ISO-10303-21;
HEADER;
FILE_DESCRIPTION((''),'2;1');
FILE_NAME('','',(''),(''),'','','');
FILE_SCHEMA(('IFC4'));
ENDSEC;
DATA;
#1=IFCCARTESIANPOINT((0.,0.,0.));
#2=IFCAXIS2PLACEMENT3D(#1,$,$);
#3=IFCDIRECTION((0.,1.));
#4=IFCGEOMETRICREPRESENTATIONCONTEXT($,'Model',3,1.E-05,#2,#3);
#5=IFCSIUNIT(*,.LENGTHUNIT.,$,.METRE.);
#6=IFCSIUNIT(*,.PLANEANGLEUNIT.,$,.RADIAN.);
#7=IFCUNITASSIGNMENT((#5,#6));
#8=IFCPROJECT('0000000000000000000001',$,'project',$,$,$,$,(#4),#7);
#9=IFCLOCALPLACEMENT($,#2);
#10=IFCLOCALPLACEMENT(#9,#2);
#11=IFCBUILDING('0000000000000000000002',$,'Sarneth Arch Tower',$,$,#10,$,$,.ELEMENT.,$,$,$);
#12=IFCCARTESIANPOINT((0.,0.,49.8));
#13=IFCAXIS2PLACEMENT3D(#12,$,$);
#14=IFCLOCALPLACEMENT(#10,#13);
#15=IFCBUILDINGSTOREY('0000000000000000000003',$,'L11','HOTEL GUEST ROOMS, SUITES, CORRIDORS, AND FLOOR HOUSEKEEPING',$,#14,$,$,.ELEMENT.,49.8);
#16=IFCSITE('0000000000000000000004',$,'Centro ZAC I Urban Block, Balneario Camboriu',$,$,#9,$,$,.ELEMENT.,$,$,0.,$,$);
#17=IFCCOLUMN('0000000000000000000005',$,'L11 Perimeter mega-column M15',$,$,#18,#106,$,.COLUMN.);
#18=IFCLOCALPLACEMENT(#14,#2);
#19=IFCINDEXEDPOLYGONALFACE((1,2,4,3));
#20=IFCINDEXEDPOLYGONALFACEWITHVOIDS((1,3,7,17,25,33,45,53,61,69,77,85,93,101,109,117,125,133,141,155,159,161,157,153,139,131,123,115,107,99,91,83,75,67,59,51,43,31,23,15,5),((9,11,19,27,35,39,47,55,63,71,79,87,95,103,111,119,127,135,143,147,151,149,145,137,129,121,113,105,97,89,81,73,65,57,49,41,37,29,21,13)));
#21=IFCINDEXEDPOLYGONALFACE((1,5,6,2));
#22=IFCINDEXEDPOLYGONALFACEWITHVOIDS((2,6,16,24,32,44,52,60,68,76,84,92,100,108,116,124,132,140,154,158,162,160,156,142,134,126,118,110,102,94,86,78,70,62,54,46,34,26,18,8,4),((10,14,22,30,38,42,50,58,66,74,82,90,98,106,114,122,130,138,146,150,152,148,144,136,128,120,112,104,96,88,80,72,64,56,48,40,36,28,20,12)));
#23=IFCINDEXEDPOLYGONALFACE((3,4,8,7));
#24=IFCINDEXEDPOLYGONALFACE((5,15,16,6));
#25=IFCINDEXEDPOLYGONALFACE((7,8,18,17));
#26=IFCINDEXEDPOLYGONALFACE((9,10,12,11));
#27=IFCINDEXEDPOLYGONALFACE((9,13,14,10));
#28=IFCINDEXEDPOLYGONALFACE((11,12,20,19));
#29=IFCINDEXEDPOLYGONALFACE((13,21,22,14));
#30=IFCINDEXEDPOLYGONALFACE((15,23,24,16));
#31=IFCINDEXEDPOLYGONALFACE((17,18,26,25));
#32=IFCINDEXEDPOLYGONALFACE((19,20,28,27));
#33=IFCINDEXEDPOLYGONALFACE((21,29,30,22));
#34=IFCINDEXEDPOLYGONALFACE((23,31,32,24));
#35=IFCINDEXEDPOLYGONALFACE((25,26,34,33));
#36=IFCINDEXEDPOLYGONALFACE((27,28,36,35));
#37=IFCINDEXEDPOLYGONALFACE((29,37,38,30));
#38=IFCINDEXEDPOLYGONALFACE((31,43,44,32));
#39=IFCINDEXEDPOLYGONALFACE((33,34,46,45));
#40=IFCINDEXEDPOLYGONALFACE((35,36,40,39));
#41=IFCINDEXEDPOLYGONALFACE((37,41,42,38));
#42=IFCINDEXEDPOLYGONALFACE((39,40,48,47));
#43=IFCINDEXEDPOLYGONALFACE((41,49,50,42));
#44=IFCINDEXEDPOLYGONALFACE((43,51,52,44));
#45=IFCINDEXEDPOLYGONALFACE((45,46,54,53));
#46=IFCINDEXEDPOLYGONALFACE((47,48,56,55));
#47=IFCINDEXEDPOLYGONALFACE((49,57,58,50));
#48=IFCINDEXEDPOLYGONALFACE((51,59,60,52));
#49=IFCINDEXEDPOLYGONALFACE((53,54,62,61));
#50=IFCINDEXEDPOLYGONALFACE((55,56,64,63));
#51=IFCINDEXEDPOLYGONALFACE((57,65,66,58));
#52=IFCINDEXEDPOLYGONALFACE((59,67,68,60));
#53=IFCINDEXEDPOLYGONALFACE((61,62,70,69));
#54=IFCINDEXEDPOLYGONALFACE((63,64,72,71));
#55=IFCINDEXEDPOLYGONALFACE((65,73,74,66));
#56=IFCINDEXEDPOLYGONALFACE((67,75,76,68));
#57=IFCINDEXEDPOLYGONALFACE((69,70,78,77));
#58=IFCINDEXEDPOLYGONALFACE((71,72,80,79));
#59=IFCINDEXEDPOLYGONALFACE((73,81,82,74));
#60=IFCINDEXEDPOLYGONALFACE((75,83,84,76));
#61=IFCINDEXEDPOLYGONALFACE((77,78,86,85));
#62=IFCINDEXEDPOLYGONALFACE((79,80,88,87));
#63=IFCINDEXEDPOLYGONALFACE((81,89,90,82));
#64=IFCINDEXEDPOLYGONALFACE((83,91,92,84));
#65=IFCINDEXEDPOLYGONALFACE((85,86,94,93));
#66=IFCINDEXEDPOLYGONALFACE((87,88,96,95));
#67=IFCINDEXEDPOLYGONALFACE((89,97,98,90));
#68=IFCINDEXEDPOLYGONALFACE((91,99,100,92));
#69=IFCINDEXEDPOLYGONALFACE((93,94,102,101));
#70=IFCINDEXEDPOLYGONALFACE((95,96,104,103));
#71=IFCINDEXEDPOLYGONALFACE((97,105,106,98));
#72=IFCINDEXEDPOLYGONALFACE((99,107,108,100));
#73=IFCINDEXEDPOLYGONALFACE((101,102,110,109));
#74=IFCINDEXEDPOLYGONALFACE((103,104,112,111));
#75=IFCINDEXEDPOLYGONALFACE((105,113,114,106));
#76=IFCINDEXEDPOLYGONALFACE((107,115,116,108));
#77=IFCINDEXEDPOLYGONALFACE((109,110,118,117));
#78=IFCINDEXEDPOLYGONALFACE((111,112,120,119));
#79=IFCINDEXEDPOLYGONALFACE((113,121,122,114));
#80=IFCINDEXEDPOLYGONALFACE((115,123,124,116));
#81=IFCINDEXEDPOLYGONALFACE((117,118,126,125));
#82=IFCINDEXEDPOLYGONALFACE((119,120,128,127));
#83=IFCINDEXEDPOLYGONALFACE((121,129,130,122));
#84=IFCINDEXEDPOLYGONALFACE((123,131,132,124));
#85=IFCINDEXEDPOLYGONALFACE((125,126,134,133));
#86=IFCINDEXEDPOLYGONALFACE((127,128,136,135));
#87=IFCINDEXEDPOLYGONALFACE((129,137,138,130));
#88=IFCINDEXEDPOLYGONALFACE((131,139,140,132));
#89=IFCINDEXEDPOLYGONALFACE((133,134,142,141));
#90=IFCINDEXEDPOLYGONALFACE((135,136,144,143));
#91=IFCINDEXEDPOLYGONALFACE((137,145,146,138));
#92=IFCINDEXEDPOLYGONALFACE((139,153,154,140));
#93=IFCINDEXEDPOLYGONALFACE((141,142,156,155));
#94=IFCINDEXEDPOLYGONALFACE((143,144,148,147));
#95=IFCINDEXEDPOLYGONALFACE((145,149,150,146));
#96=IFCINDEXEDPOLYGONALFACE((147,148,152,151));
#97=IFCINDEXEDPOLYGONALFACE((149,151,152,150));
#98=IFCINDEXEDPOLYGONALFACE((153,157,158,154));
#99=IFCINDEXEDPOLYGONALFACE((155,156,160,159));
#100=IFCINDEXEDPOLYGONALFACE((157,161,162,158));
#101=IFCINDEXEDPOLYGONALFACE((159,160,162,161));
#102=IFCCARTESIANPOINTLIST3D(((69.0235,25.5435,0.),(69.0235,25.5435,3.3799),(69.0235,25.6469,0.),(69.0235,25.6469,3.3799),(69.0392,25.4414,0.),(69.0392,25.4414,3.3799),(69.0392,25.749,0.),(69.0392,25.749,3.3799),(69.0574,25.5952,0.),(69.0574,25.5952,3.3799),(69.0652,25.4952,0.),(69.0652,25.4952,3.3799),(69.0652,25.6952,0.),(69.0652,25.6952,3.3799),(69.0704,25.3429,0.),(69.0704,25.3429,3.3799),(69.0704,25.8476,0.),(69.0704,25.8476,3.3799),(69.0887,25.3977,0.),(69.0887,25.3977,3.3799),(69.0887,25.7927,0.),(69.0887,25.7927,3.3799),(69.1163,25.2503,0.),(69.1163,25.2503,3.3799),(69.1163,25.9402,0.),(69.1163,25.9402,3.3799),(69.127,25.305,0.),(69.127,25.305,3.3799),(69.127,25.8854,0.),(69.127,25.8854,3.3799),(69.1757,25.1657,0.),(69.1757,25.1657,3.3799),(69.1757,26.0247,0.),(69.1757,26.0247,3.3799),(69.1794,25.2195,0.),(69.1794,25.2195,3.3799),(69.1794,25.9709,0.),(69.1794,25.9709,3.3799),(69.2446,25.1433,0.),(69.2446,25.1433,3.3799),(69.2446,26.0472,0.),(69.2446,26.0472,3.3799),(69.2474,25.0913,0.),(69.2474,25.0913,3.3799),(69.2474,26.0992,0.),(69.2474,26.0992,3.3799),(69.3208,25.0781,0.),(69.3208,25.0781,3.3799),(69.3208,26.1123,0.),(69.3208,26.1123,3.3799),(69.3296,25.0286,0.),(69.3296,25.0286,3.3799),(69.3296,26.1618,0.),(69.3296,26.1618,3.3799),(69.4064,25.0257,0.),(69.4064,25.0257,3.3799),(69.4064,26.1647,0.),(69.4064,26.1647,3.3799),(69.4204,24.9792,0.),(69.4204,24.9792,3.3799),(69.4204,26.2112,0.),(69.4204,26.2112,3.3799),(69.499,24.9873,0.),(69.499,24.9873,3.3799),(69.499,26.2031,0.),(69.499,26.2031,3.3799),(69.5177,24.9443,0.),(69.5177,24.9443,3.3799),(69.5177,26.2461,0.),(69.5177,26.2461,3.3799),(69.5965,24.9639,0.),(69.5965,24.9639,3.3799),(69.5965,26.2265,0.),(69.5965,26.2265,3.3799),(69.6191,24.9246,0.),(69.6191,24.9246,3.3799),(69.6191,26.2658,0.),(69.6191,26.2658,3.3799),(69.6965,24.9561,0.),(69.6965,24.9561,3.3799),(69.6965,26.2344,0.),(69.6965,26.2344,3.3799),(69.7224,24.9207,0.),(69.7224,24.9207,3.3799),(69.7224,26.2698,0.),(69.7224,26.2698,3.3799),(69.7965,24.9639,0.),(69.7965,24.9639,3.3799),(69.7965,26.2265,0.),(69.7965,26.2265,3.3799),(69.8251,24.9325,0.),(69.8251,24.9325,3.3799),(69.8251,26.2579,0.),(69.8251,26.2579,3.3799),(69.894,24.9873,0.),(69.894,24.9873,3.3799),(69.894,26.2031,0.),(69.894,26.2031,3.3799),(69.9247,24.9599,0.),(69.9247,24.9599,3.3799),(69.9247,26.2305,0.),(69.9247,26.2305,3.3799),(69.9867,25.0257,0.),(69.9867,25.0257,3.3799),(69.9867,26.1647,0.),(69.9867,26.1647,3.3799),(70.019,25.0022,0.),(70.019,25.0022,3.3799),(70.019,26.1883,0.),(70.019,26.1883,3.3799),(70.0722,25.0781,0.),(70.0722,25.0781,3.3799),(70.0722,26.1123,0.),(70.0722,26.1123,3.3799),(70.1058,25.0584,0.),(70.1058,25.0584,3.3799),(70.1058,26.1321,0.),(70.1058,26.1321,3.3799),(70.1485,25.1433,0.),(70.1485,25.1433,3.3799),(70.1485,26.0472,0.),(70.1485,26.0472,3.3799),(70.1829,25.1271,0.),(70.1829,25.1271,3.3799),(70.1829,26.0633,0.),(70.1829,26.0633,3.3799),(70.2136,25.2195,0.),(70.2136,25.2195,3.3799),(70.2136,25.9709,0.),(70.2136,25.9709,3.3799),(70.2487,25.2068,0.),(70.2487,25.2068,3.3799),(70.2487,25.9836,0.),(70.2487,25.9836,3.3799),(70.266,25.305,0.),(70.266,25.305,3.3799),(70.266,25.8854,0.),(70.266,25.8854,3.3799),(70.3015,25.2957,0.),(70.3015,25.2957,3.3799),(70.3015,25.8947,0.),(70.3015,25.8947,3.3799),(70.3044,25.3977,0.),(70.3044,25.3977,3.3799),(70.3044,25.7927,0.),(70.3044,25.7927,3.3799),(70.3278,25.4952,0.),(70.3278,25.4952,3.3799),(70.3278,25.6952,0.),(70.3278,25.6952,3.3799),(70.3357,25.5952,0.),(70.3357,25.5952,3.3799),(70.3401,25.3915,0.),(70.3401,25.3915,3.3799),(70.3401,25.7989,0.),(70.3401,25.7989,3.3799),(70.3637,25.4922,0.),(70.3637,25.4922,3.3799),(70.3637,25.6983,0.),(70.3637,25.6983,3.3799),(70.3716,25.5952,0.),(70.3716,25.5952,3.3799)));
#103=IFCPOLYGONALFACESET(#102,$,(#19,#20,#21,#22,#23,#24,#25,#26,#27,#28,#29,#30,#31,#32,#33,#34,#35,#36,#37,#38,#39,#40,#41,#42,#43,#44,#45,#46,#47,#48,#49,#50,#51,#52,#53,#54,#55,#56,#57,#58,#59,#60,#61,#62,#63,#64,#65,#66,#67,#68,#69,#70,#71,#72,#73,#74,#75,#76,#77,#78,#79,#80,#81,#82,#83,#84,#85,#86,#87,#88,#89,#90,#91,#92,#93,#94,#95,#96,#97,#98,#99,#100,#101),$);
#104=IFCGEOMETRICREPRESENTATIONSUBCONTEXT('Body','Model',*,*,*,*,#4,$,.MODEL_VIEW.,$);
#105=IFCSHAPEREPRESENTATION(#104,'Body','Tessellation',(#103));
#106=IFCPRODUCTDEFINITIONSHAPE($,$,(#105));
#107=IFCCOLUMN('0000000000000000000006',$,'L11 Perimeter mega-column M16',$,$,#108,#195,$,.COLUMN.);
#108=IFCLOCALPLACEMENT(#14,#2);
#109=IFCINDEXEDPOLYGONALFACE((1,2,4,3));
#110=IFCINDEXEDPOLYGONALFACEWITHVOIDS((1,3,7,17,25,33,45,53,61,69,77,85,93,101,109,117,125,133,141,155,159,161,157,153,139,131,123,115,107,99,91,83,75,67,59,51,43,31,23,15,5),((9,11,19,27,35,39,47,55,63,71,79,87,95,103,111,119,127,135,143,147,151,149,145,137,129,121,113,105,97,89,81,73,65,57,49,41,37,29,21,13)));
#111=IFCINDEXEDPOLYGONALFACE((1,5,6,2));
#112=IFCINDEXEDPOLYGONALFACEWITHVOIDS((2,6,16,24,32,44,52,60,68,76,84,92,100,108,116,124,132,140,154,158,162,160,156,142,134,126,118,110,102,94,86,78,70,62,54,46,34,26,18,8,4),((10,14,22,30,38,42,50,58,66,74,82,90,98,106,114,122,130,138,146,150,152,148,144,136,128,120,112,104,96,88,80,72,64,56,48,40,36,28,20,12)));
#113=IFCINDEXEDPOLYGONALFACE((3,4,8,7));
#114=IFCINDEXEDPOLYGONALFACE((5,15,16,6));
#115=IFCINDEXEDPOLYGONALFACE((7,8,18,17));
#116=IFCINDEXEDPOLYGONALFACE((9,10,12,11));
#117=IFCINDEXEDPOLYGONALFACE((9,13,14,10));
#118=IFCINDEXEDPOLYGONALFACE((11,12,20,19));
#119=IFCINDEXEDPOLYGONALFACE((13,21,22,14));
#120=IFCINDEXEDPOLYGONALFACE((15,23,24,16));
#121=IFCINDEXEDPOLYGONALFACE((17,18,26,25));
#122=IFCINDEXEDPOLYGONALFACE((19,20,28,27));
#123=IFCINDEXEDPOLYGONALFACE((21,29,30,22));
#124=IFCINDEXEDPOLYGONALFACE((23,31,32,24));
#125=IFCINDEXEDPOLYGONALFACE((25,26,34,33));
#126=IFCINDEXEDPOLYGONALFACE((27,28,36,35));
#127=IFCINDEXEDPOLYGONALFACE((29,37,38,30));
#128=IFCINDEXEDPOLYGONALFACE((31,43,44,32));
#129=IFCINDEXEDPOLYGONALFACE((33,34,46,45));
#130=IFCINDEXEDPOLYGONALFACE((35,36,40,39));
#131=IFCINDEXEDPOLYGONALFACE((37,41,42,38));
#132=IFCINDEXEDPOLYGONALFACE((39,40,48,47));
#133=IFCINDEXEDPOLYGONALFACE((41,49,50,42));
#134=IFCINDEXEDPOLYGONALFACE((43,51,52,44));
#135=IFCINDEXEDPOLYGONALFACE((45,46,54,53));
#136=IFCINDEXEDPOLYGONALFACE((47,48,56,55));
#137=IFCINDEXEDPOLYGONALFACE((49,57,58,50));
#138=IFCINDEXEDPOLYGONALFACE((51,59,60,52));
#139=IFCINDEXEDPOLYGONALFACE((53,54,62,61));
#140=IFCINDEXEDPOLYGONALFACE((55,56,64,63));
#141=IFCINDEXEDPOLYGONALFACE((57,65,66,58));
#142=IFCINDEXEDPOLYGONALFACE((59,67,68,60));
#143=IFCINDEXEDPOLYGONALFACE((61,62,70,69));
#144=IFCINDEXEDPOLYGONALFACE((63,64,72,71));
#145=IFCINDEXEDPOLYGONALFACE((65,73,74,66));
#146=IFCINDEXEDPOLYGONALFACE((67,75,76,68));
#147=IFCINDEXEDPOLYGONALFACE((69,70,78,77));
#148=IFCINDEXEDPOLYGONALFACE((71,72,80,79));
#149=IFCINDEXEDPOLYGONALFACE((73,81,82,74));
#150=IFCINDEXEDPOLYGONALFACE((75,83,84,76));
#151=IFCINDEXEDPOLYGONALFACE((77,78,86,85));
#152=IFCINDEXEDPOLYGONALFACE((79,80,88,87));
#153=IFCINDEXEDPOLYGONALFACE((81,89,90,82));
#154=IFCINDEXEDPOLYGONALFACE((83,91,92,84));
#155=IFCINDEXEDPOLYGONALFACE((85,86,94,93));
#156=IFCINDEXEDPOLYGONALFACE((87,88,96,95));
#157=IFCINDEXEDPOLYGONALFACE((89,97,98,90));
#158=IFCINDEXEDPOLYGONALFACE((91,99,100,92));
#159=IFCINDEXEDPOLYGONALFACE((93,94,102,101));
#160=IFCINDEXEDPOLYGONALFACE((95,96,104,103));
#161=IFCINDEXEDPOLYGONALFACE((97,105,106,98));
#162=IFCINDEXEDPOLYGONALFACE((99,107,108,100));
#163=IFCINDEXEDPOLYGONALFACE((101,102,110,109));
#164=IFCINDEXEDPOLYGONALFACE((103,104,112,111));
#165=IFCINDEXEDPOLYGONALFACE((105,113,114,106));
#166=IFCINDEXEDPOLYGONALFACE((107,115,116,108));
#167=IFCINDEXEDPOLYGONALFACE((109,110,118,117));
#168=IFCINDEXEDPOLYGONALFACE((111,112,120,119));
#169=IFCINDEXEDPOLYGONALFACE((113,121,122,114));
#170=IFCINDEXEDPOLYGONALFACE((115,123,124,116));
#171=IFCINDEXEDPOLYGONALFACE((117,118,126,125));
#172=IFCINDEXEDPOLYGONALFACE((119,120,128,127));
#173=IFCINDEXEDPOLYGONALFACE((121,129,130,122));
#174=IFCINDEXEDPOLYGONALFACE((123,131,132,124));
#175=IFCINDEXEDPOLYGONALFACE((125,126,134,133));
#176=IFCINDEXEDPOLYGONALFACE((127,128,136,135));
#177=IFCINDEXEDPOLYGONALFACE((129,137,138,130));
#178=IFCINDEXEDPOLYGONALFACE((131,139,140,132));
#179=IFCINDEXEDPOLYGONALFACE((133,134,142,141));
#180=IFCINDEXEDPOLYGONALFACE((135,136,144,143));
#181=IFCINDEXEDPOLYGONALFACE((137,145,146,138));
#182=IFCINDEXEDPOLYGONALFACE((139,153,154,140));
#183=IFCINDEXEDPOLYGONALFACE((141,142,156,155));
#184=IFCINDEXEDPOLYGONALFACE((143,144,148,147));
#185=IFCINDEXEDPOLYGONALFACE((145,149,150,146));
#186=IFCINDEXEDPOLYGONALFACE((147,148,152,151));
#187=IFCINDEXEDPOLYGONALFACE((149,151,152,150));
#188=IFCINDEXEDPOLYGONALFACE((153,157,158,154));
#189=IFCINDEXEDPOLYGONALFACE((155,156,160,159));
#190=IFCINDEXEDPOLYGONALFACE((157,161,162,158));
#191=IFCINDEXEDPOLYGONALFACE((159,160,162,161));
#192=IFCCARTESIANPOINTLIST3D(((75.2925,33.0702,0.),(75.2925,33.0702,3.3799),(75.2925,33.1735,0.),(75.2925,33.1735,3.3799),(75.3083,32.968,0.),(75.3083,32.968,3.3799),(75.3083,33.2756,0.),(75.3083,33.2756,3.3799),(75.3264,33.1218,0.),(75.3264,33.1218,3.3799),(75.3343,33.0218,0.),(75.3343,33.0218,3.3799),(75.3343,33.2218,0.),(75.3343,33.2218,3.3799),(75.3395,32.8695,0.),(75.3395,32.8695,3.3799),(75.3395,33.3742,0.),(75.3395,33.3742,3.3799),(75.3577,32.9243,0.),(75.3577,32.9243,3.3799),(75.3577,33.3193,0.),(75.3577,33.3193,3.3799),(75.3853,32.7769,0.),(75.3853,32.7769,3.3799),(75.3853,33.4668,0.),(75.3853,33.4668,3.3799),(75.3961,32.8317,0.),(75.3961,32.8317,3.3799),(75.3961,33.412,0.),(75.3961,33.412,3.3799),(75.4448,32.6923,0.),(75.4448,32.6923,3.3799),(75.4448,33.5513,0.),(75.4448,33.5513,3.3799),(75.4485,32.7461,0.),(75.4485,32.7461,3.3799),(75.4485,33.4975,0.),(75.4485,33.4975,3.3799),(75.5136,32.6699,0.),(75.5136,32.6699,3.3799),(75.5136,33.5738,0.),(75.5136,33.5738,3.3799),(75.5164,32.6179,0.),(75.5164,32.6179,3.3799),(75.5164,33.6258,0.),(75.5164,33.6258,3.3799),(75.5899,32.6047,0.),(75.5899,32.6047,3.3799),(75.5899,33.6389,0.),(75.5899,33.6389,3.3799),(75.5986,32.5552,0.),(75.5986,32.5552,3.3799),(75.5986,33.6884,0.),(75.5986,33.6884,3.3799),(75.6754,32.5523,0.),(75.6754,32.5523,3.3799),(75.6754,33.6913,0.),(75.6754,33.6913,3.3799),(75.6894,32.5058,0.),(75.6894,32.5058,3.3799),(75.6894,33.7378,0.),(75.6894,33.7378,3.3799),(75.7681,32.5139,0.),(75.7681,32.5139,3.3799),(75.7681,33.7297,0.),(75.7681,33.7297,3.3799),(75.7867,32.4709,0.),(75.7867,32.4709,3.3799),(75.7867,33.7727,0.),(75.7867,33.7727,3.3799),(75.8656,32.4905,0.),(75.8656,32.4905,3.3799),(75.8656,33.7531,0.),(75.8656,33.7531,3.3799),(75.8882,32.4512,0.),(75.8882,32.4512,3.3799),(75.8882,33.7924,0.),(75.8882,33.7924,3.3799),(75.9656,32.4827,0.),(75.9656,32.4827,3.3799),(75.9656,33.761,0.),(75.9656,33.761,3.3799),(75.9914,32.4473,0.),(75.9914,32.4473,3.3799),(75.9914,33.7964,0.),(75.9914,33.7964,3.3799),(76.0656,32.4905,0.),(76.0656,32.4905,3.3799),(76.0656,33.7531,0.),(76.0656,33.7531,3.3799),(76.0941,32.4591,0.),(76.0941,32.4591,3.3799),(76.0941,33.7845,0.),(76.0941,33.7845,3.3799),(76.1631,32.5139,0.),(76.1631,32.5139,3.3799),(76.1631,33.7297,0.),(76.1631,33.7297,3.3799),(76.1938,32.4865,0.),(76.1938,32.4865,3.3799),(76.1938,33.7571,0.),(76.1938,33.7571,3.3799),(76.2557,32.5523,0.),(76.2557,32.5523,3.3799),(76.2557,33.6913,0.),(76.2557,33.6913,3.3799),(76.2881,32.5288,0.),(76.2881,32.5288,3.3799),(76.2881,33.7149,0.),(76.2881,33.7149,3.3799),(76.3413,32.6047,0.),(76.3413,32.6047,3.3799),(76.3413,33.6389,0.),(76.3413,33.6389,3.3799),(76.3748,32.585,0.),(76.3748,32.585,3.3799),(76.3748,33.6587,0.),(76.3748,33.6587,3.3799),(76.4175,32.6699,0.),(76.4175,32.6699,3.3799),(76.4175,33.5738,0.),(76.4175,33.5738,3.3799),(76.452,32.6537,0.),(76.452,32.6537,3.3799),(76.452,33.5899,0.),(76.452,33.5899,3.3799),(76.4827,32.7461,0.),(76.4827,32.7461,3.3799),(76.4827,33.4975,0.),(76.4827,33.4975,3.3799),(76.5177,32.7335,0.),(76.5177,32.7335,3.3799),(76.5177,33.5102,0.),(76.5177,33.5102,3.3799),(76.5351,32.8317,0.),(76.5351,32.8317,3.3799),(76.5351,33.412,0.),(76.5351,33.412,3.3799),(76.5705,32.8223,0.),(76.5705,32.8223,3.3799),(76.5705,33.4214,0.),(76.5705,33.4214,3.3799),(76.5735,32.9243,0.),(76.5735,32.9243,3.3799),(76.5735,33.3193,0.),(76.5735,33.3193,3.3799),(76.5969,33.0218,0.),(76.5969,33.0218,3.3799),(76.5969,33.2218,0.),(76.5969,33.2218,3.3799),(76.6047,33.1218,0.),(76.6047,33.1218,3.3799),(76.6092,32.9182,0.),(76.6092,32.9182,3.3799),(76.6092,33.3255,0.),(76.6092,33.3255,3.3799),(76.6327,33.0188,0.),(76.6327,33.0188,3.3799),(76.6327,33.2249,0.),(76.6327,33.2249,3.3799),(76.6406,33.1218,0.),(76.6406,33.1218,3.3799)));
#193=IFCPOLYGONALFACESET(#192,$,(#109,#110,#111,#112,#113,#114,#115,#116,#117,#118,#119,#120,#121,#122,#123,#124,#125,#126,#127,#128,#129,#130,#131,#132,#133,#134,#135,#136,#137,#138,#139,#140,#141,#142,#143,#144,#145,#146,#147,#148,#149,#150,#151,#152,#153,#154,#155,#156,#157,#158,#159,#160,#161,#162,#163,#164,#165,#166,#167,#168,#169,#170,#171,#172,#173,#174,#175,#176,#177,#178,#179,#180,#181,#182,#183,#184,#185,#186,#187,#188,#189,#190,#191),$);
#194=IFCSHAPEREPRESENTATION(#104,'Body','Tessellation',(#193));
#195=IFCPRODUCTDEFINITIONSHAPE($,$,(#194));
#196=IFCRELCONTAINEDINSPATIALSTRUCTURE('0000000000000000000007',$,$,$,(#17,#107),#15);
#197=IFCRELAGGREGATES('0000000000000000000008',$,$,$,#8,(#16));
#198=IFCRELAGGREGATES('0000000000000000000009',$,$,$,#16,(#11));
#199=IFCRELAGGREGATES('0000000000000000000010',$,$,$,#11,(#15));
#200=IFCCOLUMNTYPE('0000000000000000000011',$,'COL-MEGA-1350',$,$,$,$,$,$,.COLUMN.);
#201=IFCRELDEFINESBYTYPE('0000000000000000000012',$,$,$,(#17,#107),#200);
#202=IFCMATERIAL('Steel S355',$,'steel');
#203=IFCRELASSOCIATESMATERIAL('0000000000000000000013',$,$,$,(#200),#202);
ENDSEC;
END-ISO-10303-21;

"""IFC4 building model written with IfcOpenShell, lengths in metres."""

from ifc_helpers import new_model, si_unit, direction, frame, origin, origin_2d, place, context, subcontext, project, spatial, hollow_circle, extrude, material, material_profile, profile_set, type_object, element, save


model = new_model("IFC4")

# Units and contexts
model_context = context("Model", 3, precision=1e-05, world=origin(), true_north=direction((0.0, 1.0)))
body_context = subcontext(model_context, "Body", "Model", "MODEL_VIEW")
ifc_project = project(units=[si_unit("LENGTHUNIT", "METRE"), si_unit("PLANEANGLEUNIT", "RADIAN")], contexts=[model_context])

# Site, building, storey
site_placement = place(None, origin())
site = spatial("IfcSite", under=ifc_project, at=site_placement, Name="Centro ZAC I Urban Block, Balneario Camboriu", CompositionType="ELEMENT", RefElevation=0.0)
building_placement = place(site_placement, origin())
building = spatial("IfcBuilding", under=site, at=building_placement, Name="Sarneth Arch Tower", CompositionType="ELEMENT")
storey_placement = place(building_placement, frame((0.0, 0.0, 49.8)))
storey = spatial("IfcBuildingStorey", under=building, at=storey_placement, Name="L11", Description="HOTEL GUEST ROOMS, SUITES, CORRIDORS, AND FLOOR HOUSEKEEPING", CompositionType="ELEMENT", Elevation=49.8)

# Columns
ifc_material_1 = material(Name="Steel S355", Category="steel")
ifc_material_profile_1 = material_profile(ifc_material_1, hollow_circle(Radius=0.675, WallThickness=0.0359, at=origin_2d()), Name="CHS1350x36")
ifc_profile_set_1 = profile_set([ifc_material_profile_1], Name="Steel S355")
column_type = type_object("IfcColumnType", Name="COL-MEGA-1350", PredefinedType="COLUMN", material=ifc_profile_set_1)
for number, where, z_axis, x_axis, name in (
    (1, (69.6965, 25.5952, 0.0), (0.0, 0.0, 1.0), (1.0, 0.0, 0.0), "L11 Perimeter mega-column M15"),
    (2, (75.9656, 33.1218, 0.0), (0.0, 0.0, 1.0), (1.0, 0.0, 0.0), "L11 Perimeter mega-column M16"),
):
    element("IfcColumn", number, at=place(storey_placement, frame(where, z_axis=z_axis, x_axis=x_axis)), inside=storey, type_object=column_type, Name=name, PredefinedType="COLUMN", context=body_context, shape_type="SweptSolid", body=[
        extrude(hollow_circle(Radius=0.675, WallThickness=0.0359, at=origin_2d()), origin(), (0.0, 0.0, 1.0), 3.3799),
    ])

save(model, "model.ifc")
